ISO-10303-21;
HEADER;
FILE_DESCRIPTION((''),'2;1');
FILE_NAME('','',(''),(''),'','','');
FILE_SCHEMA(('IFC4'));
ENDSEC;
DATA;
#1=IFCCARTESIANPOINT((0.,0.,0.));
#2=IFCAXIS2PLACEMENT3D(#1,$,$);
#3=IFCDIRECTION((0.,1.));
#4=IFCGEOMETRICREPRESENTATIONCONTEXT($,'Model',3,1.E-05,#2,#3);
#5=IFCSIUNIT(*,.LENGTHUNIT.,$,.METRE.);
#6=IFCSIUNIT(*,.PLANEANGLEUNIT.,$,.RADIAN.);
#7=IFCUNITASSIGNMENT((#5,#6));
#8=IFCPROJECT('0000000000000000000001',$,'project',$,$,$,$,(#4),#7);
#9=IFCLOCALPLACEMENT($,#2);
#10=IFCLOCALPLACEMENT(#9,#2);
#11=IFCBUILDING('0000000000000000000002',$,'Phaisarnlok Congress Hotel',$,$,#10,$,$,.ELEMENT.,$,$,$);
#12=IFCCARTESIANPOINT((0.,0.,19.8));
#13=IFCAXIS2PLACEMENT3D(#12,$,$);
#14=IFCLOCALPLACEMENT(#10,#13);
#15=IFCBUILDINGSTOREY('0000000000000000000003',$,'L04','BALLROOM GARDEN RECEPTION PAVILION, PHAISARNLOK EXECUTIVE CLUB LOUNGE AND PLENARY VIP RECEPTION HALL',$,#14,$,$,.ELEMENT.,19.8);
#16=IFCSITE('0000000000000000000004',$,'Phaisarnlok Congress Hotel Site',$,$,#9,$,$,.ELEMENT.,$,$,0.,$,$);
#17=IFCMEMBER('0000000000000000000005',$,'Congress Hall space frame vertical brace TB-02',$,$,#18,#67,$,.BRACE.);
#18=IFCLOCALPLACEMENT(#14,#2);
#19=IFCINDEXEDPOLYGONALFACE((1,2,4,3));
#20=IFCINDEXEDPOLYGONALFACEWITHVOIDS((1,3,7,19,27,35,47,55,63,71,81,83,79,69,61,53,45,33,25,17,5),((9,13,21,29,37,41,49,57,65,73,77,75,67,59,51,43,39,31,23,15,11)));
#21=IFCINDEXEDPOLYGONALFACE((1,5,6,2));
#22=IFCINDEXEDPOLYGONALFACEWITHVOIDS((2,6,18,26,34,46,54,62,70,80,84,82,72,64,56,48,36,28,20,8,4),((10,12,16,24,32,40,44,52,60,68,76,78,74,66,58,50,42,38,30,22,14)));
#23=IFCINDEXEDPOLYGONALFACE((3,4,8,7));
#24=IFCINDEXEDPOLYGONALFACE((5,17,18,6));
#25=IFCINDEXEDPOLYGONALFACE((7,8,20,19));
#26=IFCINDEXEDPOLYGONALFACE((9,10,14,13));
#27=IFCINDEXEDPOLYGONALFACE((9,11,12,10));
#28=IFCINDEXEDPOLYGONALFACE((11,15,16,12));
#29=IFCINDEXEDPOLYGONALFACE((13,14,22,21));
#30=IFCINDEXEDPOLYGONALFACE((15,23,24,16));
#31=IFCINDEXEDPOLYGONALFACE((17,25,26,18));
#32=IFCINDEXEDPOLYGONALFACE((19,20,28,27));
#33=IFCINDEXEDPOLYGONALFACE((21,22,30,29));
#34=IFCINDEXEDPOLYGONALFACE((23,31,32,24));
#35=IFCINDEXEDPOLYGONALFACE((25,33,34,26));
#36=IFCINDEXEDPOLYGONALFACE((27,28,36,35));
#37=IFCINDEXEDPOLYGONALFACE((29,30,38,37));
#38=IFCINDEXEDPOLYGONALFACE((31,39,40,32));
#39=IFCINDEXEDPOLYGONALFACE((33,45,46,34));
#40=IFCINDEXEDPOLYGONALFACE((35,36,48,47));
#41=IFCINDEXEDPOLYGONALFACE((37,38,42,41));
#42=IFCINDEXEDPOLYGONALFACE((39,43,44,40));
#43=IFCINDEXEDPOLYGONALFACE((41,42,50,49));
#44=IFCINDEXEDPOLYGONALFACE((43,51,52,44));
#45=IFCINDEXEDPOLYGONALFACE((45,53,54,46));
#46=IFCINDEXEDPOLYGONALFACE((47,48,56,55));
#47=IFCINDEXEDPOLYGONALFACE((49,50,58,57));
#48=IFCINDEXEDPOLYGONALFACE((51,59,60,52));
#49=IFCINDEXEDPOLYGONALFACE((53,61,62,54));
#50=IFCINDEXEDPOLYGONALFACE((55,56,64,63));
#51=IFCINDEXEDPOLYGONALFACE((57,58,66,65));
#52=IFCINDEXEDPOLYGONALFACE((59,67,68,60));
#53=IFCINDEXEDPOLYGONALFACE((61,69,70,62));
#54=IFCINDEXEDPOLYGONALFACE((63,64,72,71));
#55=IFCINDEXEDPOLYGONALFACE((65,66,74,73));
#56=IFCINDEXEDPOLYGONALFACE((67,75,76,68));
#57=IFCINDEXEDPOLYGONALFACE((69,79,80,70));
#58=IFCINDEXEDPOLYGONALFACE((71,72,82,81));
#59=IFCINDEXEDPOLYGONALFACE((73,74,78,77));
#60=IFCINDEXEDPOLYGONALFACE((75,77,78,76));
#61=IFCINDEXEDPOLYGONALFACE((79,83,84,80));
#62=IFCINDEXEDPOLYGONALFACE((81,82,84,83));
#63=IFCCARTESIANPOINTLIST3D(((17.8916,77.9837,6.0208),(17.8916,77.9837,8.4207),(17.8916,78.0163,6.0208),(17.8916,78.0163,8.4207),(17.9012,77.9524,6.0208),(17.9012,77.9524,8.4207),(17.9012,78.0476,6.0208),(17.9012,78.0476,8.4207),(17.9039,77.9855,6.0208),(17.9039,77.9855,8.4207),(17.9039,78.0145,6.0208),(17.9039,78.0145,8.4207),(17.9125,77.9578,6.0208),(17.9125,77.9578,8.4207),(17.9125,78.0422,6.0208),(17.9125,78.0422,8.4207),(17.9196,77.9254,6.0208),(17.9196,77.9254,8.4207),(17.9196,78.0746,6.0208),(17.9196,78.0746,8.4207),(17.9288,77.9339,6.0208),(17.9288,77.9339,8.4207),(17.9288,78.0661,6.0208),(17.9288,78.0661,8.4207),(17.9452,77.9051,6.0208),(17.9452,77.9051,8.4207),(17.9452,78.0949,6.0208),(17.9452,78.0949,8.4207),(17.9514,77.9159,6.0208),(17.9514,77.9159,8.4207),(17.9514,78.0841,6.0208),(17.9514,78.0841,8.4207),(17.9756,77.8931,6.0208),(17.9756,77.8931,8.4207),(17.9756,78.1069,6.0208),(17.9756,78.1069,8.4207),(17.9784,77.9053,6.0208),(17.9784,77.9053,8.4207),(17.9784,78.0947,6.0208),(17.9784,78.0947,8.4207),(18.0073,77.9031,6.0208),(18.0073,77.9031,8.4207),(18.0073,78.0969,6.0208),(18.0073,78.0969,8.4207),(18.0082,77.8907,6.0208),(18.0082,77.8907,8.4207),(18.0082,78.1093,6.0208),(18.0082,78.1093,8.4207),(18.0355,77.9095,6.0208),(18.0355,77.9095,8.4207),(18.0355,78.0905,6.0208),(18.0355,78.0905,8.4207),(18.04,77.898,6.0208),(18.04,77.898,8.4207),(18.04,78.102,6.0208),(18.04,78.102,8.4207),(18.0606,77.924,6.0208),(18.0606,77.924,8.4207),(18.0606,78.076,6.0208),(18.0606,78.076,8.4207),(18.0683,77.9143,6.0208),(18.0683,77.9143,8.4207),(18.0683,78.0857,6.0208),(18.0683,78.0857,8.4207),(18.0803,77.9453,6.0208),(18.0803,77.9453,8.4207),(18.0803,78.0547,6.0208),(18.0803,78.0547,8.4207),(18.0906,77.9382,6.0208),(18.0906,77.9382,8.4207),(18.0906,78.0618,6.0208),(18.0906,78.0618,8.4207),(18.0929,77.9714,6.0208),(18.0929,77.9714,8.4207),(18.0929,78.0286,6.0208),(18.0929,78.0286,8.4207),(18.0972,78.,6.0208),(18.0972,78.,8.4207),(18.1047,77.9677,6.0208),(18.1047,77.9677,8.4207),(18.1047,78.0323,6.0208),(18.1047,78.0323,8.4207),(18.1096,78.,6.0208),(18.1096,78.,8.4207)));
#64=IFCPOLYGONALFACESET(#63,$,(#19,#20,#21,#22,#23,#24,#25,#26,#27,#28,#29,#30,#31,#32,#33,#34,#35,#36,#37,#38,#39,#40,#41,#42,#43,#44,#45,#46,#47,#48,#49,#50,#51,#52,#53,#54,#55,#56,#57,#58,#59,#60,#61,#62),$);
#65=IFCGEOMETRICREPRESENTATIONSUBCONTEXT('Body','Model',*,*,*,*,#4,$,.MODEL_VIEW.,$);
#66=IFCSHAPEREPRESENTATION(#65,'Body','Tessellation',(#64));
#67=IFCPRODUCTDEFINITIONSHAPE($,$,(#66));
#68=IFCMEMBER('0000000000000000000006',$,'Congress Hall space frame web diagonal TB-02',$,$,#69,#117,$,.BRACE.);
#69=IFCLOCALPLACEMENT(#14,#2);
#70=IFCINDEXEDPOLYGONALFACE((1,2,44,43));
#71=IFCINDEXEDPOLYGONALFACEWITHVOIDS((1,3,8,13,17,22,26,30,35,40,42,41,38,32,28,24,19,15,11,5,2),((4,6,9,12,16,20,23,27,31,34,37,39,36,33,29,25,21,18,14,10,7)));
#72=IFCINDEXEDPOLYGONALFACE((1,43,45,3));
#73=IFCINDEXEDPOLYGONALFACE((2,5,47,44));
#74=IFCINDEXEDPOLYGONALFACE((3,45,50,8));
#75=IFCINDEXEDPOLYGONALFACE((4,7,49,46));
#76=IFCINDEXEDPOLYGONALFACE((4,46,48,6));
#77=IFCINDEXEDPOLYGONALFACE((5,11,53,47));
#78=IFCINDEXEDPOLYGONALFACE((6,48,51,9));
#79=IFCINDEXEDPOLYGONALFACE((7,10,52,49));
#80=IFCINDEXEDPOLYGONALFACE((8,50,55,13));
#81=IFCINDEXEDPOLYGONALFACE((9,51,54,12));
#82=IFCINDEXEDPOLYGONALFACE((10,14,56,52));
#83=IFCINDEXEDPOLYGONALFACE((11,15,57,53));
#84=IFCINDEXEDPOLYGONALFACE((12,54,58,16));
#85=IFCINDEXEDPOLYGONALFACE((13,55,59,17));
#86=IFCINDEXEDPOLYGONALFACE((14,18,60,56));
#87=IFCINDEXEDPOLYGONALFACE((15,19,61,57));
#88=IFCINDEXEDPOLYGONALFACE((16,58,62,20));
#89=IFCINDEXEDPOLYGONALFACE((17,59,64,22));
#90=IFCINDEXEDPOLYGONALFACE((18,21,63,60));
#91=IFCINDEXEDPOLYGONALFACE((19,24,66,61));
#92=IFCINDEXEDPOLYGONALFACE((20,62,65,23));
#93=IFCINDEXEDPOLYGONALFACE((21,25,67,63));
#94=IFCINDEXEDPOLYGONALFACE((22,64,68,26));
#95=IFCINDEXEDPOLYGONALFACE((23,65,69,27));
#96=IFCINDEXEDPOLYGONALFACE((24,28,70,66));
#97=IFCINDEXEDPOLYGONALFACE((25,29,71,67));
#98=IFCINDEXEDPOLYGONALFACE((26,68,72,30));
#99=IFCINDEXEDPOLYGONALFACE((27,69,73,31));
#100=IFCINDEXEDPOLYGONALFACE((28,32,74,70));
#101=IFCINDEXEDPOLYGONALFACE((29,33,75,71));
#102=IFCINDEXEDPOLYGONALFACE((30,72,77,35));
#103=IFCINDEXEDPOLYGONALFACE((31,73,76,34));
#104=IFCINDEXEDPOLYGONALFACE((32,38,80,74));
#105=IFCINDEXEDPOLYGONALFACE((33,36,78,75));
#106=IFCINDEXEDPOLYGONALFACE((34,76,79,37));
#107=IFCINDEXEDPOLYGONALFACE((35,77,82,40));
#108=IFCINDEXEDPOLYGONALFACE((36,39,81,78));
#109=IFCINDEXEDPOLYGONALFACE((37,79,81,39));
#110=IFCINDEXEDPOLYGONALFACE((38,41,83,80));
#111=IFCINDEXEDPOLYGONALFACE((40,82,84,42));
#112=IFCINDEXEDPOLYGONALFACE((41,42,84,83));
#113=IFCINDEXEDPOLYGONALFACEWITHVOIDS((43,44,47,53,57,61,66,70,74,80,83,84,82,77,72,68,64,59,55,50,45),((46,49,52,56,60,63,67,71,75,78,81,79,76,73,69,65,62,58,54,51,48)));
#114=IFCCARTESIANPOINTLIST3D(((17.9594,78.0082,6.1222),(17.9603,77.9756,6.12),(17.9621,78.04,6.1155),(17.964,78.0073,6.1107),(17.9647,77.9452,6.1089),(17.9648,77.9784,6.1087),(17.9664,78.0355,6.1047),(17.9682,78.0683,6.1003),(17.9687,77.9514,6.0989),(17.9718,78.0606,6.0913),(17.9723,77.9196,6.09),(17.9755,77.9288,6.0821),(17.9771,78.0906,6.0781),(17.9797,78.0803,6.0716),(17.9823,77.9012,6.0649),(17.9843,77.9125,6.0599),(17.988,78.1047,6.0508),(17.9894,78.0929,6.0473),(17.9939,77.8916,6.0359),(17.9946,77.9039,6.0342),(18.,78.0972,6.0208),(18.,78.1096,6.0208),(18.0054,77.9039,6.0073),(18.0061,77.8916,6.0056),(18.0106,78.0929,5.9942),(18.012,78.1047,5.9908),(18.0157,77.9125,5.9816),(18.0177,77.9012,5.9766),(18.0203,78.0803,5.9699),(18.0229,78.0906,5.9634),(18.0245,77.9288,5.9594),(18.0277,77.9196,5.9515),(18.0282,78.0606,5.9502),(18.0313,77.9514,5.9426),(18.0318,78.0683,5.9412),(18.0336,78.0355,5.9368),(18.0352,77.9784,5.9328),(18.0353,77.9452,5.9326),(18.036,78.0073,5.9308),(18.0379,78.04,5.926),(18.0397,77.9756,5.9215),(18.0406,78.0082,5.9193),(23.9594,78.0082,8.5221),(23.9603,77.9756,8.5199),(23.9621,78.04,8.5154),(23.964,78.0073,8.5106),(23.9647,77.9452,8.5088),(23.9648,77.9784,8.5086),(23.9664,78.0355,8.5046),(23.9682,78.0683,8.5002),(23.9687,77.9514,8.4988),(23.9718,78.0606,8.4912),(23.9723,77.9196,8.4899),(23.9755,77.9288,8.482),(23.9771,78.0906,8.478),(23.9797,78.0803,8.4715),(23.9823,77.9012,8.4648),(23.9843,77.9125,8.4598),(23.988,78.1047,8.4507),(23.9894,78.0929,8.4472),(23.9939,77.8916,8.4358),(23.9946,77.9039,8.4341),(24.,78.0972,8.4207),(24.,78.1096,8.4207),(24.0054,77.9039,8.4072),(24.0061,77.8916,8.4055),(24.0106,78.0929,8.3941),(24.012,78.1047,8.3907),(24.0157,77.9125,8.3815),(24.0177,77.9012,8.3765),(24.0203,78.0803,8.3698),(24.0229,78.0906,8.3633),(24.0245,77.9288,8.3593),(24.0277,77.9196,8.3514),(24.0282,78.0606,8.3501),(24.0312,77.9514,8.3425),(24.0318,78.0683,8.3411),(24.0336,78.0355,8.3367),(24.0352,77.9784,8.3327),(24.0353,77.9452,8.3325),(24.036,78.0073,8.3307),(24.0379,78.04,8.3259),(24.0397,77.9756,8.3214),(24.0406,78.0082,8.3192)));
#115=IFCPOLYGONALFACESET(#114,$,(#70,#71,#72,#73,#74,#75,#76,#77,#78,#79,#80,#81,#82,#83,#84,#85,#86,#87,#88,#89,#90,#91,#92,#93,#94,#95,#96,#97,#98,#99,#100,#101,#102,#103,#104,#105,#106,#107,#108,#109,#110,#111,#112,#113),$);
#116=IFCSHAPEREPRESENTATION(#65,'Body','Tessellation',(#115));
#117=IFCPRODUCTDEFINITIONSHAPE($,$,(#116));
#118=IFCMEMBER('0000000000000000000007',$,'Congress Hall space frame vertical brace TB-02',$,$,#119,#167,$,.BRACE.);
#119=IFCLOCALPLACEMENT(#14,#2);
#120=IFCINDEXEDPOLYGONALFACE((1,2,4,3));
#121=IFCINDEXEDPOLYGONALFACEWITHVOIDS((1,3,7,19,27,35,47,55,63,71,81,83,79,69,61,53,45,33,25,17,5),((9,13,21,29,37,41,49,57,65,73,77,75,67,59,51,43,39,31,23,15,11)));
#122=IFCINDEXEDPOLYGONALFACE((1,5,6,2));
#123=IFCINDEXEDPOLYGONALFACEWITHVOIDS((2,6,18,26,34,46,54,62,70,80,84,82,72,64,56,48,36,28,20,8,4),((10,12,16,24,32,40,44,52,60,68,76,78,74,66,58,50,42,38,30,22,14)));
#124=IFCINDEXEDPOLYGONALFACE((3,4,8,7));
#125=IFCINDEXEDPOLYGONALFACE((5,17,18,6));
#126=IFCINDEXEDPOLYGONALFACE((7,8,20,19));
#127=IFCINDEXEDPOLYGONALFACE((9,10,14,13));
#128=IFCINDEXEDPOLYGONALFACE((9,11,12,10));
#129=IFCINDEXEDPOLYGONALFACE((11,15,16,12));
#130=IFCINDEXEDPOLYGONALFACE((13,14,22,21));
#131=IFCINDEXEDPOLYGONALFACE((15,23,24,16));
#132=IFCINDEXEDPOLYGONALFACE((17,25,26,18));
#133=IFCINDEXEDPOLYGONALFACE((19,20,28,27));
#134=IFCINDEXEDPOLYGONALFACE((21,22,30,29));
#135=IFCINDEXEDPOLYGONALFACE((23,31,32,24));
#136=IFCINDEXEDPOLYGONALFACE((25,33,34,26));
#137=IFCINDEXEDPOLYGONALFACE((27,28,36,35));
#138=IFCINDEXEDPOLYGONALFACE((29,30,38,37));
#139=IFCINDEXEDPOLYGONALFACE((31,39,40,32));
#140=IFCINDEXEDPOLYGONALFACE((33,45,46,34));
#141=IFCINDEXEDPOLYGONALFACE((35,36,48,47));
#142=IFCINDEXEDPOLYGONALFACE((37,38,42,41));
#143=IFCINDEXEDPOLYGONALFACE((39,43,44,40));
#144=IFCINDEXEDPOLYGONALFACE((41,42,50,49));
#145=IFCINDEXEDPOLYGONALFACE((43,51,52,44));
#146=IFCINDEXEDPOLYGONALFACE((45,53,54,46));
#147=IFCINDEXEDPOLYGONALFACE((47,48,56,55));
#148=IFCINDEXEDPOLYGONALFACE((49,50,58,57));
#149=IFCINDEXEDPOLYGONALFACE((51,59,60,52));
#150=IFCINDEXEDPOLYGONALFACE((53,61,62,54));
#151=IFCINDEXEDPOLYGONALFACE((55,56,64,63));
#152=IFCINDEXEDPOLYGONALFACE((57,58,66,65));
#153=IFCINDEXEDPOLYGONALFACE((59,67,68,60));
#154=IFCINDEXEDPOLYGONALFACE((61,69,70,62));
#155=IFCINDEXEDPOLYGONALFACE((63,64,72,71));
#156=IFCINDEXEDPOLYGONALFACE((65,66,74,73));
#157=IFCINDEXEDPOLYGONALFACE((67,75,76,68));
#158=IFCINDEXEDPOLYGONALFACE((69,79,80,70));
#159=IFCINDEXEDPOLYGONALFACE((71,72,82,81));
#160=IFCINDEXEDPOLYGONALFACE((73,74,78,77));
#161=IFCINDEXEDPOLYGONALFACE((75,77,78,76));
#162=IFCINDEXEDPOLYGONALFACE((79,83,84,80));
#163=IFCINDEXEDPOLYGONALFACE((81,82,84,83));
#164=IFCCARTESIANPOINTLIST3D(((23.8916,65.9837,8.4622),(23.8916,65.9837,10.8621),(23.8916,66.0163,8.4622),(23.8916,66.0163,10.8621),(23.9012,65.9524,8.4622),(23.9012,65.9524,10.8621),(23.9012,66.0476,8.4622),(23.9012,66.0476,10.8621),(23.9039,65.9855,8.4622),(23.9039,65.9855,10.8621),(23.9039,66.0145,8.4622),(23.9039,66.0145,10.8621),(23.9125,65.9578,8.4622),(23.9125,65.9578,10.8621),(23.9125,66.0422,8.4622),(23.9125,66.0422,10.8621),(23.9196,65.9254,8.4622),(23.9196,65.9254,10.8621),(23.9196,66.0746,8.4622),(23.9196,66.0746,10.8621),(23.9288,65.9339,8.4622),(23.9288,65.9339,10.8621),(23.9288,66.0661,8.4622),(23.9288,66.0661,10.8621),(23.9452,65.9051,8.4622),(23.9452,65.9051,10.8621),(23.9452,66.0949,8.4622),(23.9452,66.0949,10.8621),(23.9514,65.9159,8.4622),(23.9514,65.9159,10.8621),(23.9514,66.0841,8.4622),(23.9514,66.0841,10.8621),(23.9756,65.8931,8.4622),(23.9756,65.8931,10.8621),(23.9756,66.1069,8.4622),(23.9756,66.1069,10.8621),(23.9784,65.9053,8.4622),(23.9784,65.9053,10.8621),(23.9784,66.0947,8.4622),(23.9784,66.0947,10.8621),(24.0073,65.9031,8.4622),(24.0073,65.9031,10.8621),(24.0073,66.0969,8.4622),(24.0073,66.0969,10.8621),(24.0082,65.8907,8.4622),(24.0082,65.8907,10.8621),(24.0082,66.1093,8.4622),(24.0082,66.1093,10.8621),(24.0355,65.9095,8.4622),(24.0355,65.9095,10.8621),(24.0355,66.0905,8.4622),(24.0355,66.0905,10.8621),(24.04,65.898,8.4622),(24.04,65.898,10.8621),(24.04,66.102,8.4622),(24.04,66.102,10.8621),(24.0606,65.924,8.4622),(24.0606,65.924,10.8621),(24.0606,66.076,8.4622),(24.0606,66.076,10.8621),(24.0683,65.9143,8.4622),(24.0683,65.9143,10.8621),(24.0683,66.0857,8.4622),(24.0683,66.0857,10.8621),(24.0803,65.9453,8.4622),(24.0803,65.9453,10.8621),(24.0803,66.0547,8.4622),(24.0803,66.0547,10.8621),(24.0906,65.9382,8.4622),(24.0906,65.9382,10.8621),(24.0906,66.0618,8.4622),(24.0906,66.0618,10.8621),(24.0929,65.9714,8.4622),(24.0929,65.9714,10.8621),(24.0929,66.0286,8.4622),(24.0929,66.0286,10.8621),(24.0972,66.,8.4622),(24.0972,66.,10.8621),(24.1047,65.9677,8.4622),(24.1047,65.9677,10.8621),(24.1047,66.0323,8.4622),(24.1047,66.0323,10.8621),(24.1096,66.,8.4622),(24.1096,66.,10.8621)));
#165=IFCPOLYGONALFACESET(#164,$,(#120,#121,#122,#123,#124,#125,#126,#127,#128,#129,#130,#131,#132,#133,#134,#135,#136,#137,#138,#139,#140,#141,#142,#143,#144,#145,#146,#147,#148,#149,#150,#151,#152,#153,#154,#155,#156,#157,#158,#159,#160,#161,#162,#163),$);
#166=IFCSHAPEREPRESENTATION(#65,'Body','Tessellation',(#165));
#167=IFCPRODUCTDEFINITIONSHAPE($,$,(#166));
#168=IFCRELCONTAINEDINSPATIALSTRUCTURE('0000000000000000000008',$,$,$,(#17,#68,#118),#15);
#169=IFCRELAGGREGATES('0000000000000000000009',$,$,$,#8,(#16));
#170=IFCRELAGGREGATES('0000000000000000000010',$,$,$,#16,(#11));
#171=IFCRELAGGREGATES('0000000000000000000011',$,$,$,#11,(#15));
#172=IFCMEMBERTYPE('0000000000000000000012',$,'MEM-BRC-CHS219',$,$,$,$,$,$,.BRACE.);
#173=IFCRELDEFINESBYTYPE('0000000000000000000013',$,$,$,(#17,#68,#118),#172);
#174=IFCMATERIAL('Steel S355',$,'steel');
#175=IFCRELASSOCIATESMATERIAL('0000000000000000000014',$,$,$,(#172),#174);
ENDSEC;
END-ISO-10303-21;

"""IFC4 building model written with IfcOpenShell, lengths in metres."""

from ifc_helpers import new_model, si_unit, direction, frame, origin, origin_2d, place, context, subcontext, project, spatial, hollow_circle, extrude, material, material_profile, profile_set, type_object, element, save


model = new_model("IFC4")

# Units and contexts
model_context = context("Model", 3, precision=1e-05, world=origin(), true_north=direction((0.0, 1.0)))
body_context = subcontext(model_context, "Body", "Model", "MODEL_VIEW")
ifc_project = project(units=[si_unit("LENGTHUNIT", "METRE"), si_unit("PLANEANGLEUNIT", "RADIAN")], contexts=[model_context])

# Site, building, storey
site_placement = place(None, origin())
site = spatial("IfcSite", under=ifc_project, at=site_placement, Name="Phaisarnlok Congress Hotel Site", CompositionType="ELEMENT", RefElevation=0.0)
building_placement = place(site_placement, origin())
building = spatial("IfcBuilding", under=site, at=building_placement, Name="Phaisarnlok Congress Hotel", CompositionType="ELEMENT")
storey_placement = place(building_placement, frame((0.0, 0.0, 19.8)))
storey = spatial("IfcBuildingStorey", under=building, at=storey_placement, Name="L04", Description="BALLROOM GARDEN RECEPTION PAVILION, PHAISARNLOK EXECUTIVE CLUB LOUNGE AND PLENARY VIP RECEPTION HALL", CompositionType="ELEMENT", Elevation=19.8)

# Members
ifc_material = material(Name="Steel S355", Category="steel")
ifc_material_profile_1 = material_profile(ifc_material, hollow_circle(Radius=0.1096, WallThickness=0.0125, at=origin_2d()), Name="CHS 219.1x12.5")
ifc_profile_set_1 = profile_set([ifc_material_profile_1], Name="Steel S355")
member_type_1 = type_object("IfcMemberType", Name="MEM-BRC-CHS219", PredefinedType="BRACE", material=ifc_profile_set_1)
member_1_placement = place(storey_placement, frame((18.0, 78.0, 6.0208), z_axis=(0.0, 0.0, 1.0), x_axis=(1.0, 0.0, 0.0)))
element("IfcMember", 1, at=member_1_placement, inside=storey, type_object=member_type_1, Name="Congress Hall space frame vertical brace TB-02", PredefinedType="BRACE", context=body_context, shape_type="SweptSolid", body=[
    extrude(hollow_circle(Radius=0.1096, WallThickness=0.0125, at=origin_2d()), origin(), (0.0, 0.0, 1.0), 2.3999),
])
member_2_placement = place(storey_placement, frame((18.0, 78.0, 6.0208), z_axis=(0.928482, 0.0, 0.371378), x_axis=(0.0, 1.0, 0.0)))
element("IfcMember", 2, at=member_2_placement, inside=storey, type_object=member_type_1, Name="Congress Hall space frame web diagonal TB-02", PredefinedType="BRACE", context=body_context, shape_type="SweptSolid", body=[
    extrude(hollow_circle(Radius=0.1096, WallThickness=0.0125, at=origin_2d()), origin(), (0.0, 0.0, 1.0), 6.4622),
])
member_3_placement = place(storey_placement, frame((24.0, 66.0, 8.4622), z_axis=(0.0, 0.0, 1.0), x_axis=(1.0, 0.0, 0.0)))
element("IfcMember", 3, at=member_3_placement, inside=storey, type_object=member_type_1, Name="Congress Hall space frame vertical brace TB-02", PredefinedType="BRACE", context=body_context, shape_type="SweptSolid", body=[
    extrude(hollow_circle(Radius=0.1096, WallThickness=0.0125, at=origin_2d()), origin(), (0.0, 0.0, 1.0), 2.3999),
])

save(model, "model.ifc")
